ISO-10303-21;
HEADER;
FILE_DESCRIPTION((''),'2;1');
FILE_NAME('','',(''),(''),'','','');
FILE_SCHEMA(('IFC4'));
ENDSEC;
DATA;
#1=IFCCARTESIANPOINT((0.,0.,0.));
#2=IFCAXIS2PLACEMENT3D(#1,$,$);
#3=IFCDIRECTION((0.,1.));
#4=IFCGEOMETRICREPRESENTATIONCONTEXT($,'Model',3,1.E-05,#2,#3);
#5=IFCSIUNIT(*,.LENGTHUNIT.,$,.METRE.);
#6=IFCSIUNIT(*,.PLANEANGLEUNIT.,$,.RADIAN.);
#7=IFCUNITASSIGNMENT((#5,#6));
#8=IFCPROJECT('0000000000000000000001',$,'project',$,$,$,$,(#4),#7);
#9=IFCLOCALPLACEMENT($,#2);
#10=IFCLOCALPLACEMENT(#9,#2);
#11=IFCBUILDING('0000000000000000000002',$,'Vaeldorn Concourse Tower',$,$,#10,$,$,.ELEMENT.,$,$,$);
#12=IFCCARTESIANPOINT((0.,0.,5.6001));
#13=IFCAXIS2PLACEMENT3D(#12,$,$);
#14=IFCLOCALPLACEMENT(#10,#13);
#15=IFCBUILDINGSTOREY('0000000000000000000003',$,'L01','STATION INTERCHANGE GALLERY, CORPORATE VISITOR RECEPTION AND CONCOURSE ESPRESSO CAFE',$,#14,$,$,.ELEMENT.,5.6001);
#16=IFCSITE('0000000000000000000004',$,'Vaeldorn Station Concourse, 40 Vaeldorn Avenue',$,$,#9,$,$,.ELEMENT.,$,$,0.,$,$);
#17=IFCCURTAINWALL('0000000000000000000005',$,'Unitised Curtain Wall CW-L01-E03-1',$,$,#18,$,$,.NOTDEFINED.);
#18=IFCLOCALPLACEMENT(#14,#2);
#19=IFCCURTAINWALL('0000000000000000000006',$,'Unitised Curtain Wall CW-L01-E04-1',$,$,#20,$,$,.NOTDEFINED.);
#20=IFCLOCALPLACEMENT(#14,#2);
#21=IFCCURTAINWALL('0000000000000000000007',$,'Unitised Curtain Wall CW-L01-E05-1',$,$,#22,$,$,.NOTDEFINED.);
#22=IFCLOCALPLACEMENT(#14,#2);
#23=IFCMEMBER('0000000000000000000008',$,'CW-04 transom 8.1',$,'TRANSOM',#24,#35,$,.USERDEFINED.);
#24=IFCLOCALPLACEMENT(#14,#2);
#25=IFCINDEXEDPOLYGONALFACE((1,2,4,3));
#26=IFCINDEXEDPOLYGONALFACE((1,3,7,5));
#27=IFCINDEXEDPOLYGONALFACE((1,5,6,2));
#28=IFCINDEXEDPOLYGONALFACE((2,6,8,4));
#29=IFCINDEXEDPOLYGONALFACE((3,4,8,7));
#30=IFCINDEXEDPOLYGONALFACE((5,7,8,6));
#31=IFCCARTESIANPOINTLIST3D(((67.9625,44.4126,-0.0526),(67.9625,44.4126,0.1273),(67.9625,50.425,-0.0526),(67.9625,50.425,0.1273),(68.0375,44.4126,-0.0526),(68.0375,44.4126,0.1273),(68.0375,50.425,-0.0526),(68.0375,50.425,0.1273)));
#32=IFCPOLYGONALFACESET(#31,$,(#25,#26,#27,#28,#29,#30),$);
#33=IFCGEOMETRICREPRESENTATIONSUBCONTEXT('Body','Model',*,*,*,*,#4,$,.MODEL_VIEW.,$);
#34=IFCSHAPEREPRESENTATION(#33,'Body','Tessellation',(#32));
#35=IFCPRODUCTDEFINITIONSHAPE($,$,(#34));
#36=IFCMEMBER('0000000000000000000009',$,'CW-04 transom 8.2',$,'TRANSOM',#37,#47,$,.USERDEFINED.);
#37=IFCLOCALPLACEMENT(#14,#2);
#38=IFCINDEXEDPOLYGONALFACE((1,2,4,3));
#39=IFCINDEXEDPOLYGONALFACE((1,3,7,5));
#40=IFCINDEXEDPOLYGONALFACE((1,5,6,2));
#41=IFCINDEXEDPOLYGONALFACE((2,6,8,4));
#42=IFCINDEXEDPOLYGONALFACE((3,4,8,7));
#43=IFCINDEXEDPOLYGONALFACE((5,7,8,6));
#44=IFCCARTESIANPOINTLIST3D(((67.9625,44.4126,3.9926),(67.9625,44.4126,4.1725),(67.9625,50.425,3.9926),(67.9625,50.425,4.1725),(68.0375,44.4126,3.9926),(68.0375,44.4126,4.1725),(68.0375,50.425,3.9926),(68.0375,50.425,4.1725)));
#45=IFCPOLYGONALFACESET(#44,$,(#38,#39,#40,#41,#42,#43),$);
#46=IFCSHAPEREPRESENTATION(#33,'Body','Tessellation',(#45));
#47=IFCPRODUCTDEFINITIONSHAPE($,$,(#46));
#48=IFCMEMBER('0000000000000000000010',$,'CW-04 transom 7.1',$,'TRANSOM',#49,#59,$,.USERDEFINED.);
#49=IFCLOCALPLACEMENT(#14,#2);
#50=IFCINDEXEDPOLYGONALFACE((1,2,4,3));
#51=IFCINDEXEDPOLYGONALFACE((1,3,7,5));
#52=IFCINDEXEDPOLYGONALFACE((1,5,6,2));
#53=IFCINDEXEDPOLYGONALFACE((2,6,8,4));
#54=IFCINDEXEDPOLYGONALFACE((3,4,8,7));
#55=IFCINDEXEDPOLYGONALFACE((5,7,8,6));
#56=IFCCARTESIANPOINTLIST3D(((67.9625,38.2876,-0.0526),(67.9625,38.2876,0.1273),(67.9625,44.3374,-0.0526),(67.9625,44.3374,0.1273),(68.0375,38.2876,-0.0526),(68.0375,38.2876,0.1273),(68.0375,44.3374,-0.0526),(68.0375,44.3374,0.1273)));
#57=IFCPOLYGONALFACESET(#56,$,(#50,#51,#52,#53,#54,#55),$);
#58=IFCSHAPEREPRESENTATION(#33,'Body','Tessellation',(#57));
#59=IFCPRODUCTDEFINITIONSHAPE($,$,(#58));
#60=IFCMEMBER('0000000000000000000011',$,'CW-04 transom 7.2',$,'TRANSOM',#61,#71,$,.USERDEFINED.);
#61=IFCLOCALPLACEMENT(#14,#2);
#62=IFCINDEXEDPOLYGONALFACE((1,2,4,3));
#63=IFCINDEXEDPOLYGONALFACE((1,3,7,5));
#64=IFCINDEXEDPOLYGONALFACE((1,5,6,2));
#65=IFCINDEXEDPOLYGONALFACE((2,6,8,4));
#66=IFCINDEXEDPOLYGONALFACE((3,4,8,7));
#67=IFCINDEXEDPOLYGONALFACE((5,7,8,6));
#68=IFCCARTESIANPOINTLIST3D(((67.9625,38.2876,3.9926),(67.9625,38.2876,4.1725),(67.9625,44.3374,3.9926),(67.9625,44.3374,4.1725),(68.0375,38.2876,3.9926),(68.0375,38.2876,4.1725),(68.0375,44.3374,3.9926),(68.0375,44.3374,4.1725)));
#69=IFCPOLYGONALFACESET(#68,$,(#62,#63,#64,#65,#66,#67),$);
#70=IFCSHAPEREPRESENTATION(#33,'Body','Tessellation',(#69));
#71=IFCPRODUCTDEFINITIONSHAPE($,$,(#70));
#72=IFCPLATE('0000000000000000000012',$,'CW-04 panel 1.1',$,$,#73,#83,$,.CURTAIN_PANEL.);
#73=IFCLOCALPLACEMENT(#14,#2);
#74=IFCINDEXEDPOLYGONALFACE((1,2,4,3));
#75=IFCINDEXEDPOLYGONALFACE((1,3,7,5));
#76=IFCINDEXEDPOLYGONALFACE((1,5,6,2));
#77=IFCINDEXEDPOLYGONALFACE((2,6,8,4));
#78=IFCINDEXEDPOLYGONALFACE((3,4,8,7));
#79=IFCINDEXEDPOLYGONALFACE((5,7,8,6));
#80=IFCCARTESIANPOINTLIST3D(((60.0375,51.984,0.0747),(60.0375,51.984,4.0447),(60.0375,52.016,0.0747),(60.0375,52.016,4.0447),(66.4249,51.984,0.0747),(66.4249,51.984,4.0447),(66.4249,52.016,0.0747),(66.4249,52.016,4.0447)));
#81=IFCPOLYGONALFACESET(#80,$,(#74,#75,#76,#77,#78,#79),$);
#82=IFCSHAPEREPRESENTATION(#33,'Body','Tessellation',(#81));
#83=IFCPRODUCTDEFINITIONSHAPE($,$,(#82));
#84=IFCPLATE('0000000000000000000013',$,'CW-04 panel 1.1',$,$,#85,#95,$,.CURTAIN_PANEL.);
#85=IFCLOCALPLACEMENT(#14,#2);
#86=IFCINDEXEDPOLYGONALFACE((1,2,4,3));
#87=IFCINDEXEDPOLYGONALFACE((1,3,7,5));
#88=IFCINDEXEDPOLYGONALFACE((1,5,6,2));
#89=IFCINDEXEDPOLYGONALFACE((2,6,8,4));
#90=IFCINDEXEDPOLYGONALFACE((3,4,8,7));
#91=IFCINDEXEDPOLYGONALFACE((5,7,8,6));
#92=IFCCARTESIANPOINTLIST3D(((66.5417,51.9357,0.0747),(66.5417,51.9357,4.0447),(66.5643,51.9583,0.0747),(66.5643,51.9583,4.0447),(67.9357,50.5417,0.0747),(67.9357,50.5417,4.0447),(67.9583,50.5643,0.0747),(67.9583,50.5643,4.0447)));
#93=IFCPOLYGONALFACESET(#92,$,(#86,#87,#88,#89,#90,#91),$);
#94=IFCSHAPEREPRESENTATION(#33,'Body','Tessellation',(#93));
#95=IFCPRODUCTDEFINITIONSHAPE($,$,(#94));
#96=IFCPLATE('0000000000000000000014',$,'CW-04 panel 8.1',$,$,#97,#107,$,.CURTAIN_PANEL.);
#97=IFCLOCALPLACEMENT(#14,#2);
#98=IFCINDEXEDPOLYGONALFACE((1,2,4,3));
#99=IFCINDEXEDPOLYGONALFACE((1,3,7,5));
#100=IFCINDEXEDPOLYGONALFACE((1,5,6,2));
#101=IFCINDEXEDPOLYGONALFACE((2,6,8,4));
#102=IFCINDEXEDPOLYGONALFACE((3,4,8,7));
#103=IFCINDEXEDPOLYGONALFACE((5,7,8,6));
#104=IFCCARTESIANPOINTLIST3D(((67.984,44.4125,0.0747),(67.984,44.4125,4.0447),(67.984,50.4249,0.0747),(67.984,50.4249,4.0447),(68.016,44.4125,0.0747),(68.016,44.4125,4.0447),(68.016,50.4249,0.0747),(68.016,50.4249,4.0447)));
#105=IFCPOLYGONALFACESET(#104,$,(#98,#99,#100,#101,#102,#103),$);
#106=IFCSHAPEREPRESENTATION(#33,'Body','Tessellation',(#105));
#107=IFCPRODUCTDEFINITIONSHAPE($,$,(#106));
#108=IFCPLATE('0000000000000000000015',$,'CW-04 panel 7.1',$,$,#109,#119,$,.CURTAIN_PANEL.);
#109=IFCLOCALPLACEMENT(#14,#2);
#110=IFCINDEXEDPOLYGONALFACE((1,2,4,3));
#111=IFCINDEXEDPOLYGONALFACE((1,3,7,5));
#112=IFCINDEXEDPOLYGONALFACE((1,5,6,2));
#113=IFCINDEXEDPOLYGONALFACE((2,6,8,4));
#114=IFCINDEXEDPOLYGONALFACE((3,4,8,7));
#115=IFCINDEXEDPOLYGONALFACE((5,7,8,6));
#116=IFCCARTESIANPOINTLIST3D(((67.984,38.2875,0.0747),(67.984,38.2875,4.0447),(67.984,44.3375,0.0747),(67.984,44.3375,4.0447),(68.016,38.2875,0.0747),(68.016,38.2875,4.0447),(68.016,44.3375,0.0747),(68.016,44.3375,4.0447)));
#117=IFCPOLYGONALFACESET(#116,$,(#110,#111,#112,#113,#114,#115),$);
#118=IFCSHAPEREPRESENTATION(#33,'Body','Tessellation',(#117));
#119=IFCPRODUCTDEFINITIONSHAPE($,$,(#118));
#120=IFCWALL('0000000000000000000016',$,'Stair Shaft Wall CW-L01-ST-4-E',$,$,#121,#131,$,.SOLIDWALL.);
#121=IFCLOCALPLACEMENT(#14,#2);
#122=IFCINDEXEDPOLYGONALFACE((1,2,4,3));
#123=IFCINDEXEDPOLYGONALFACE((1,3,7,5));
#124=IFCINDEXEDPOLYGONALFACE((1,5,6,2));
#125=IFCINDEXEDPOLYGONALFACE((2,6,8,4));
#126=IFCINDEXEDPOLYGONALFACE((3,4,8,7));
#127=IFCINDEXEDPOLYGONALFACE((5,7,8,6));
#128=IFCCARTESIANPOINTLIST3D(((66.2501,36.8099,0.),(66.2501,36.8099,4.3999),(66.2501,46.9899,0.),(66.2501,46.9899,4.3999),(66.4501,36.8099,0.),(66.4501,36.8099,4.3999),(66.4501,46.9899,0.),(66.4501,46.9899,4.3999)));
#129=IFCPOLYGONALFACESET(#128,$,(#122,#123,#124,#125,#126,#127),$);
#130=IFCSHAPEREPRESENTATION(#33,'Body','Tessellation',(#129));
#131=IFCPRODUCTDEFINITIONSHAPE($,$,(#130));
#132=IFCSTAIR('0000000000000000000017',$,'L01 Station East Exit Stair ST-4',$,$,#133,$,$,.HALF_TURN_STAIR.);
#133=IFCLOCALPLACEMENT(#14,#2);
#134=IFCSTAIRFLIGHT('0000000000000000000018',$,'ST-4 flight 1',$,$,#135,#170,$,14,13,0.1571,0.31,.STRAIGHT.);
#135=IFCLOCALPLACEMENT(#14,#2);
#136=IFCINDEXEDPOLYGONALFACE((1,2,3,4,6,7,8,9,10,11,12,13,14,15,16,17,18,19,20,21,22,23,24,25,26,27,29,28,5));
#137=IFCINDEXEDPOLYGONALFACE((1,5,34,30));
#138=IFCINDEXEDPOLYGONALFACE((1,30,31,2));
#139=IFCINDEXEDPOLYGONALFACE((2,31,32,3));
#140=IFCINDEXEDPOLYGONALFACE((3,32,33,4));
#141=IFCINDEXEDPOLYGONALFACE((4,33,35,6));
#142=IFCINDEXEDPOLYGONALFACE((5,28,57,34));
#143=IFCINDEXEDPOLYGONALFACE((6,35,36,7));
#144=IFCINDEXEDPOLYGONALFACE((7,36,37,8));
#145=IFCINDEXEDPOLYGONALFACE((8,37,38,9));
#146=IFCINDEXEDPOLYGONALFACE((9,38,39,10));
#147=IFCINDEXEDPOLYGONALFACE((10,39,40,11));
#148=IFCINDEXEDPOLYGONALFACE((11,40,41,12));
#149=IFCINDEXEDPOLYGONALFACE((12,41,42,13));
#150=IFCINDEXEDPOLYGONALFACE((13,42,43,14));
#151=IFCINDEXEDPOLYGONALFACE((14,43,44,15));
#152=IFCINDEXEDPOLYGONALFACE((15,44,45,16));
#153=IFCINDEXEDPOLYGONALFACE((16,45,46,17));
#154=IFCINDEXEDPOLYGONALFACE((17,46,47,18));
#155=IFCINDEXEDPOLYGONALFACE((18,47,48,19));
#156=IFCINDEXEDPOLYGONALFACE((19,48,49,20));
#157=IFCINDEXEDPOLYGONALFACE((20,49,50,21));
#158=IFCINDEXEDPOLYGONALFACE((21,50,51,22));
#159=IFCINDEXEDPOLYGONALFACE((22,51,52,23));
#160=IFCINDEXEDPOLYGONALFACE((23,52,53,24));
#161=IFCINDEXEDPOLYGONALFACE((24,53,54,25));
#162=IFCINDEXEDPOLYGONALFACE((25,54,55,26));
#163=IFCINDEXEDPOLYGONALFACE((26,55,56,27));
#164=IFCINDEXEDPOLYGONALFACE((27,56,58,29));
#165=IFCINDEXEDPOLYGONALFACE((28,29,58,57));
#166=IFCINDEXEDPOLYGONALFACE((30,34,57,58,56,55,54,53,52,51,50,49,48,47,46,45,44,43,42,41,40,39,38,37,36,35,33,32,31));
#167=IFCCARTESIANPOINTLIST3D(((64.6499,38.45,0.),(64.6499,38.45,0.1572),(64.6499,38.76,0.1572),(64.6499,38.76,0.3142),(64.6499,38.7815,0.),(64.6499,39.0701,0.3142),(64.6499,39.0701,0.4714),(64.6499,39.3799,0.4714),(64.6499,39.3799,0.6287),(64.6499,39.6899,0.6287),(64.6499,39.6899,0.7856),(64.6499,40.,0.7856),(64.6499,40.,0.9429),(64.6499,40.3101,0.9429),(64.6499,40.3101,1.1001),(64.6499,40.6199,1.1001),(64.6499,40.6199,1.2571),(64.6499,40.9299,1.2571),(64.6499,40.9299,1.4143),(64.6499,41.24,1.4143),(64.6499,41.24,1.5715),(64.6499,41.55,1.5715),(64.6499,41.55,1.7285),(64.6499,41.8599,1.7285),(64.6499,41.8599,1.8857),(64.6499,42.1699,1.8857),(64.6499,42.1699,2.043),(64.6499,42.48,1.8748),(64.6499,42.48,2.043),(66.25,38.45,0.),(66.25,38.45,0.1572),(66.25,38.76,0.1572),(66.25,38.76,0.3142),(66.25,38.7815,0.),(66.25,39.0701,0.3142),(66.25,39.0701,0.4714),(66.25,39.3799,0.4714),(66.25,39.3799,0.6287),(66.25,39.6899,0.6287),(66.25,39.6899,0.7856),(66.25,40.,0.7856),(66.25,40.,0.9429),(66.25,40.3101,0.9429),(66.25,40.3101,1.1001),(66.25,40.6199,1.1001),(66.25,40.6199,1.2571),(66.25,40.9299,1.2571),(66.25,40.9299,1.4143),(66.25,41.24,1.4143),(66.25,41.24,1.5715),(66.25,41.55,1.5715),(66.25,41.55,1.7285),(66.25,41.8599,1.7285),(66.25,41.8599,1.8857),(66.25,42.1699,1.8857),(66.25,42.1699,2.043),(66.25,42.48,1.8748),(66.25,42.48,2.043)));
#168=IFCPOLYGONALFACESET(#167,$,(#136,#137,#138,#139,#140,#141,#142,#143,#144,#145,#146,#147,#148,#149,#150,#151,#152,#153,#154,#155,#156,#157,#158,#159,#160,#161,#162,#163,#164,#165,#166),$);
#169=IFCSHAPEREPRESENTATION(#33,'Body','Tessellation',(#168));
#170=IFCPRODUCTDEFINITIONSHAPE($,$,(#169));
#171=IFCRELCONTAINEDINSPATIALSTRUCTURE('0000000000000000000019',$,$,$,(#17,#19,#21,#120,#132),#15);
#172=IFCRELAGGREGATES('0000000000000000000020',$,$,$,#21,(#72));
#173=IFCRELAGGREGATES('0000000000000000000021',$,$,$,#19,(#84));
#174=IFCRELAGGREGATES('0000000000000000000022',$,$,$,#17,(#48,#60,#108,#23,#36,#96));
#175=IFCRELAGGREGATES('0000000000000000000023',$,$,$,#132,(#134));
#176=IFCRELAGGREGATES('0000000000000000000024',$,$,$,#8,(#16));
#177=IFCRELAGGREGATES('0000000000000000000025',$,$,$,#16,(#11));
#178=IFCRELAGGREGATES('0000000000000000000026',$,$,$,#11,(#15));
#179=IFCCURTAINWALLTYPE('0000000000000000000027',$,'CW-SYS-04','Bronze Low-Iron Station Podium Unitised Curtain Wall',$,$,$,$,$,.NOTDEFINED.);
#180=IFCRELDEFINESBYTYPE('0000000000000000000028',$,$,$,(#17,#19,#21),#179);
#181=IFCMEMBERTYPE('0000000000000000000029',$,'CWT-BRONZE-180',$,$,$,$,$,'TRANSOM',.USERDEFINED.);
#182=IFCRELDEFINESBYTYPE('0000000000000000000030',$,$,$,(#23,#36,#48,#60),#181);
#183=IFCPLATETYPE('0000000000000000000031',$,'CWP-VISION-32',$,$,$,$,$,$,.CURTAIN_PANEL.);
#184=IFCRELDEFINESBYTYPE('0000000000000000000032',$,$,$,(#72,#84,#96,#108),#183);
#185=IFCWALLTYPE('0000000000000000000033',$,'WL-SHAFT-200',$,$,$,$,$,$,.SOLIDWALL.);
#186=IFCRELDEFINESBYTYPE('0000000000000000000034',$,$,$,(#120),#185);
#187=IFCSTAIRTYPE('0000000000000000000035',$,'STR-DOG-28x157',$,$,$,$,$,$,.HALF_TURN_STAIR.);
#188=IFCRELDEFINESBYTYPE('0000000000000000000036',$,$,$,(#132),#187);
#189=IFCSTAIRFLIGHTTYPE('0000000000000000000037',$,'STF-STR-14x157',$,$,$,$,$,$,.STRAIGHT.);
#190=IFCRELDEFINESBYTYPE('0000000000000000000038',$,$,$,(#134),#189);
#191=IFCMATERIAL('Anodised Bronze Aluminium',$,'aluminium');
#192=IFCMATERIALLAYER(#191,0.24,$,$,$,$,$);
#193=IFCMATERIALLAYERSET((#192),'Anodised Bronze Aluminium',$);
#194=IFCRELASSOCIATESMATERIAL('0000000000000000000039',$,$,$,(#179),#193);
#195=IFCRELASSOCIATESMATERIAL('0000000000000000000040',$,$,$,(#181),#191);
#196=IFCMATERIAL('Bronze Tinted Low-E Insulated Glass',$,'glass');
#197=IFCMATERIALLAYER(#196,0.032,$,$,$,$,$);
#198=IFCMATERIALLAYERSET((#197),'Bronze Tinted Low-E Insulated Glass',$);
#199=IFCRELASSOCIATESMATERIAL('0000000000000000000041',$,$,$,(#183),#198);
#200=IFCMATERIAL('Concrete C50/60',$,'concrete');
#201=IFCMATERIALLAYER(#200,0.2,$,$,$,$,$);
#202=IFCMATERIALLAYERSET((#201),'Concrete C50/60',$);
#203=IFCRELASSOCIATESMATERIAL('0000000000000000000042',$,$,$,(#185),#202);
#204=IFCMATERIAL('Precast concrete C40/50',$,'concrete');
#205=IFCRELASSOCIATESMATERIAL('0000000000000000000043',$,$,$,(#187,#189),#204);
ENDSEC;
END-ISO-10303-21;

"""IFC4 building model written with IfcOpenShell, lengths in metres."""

from ifc_helpers import new_model, si_unit, direction, frame, frame_2d, origin, origin_2d, place, context, subcontext, project, spatial, polyline, rectangle, outline, extrude, source, transform, mapped, material, layer, layer_set, material_profile, profile_set, type_object, element, aggregate, save


model = new_model("IFC4")

# Units and contexts
model_context = context("Model", 3, precision=1e-05, world=origin(), true_north=direction((0.0, 1.0)))
body_context = subcontext(model_context, "Body", "Model", "MODEL_VIEW")
ifc_project = project(units=[si_unit("LENGTHUNIT", "METRE"), si_unit("PLANEANGLEUNIT", "RADIAN")], contexts=[model_context])

# Site, building, storey
site_placement = place(None, origin())
site = spatial("IfcSite", under=ifc_project, at=site_placement, Name="Vaeldorn Station Concourse, 40 Vaeldorn Avenue", CompositionType="ELEMENT", RefElevation=0.0)
building_placement = place(site_placement, origin())
building = spatial("IfcBuilding", under=site, at=building_placement, Name="Vaeldorn Concourse Tower", CompositionType="ELEMENT")
storey_placement = place(building_placement, frame((0.0, 0.0, 5.6001)))
storey = spatial("IfcBuildingStorey", under=building, at=storey_placement, Name="L01", Description="STATION INTERCHANGE GALLERY, CORPORATE VISITOR RECEPTION AND CONCOURSE ESPRESSO CAFE", CompositionType="ELEMENT", Elevation=5.6001)

# Curtain walls
ifc_material_1 = material(Name="Anodised Bronze Aluminium", Category="aluminium")
ifc_layer_1 = layer(ifc_material_1, 0.24)
ifc_layer_set_1 = layer_set([ifc_layer_1], Name="Anodised Bronze Aluminium")
curtain_wall_type = type_object("IfcCurtainWallType", Name="CW-SYS-04", Description="Bronze Low-Iron Station Podium Unitised Curtain Wall", PredefinedType="NOTDEFINED", material=ifc_layer_set_1)
curtain_wall_1_placement = place(storey_placement, origin())
curtain_wall_1 = element("IfcCurtainWall", 1, at=curtain_wall_1_placement, inside=storey, type_object=curtain_wall_type, Name="Unitised Curtain Wall CW-L01-E03-1", PredefinedType="NOTDEFINED")
curtain_wall_2_placement = place(storey_placement, origin())
curtain_wall_2 = element("IfcCurtainWall", 2, at=curtain_wall_2_placement, inside=storey, type_object=curtain_wall_type, Name="Unitised Curtain Wall CW-L01-E04-1", PredefinedType="NOTDEFINED")
curtain_wall_3_placement = place(storey_placement, origin())
curtain_wall_3 = element("IfcCurtainWall", 3, at=curtain_wall_3_placement, inside=storey, type_object=curtain_wall_type, Name="Unitised Curtain Wall CW-L01-E05-1", PredefinedType="NOTDEFINED")
ifc_material_profile_1 = material_profile(ifc_material_1, rectangle(XDim=0.075, YDim=0.1799, at=origin_2d()), Name="CWT 75x180")
ifc_profile_set_1 = profile_set([ifc_material_profile_1], Name="Anodised Bronze Aluminium")
member_type_1 = type_object("IfcMemberType", Name="CWT-BRONZE-180", ElementType="TRANSOM", PredefinedType="USERDEFINED", material=ifc_profile_set_1)

# Members
shared_shape_1 = source(origin(), body_context, "Body", "SweptSolid", [
    extrude(rectangle(XDim=0.075, YDim=0.1799, at=origin_2d()), origin(), (0.0, 0.0, 1.0), 6.0125),
])
member_1_placement = place(storey_placement, frame((68.0, 44.4126, 0.0374), z_axis=(0.0, 1.0, 0.0), x_axis=(-1.0, 0.0, 0.0)))
member_1 = element("IfcMember", 4, at=member_1_placement, type_object=member_type_1, Name="CW-04 transom 8.1", ObjectType="TRANSOM", PredefinedType="USERDEFINED", context=body_context, shape_type="MappedRepresentation", body=[
    mapped(shared_shape_1, transform((0.0, 0.0, 0.0), scale=1.0)),
])
member_2_placement = place(storey_placement, frame((68.0, 44.4126, 4.0825), z_axis=(0.0, 1.0, 0.0), x_axis=(-1.0, 0.0, 0.0)))
member_2 = element("IfcMember", 5, at=member_2_placement, type_object=member_type_1, Name="CW-04 transom 8.2", ObjectType="TRANSOM", PredefinedType="USERDEFINED", context=body_context, shape_type="MappedRepresentation", body=[
    mapped(shared_shape_1, transform((0.0, 0.0, 0.0), scale=1.0)),
])
shared_shape_2 = source(origin(), body_context, "Body", "SweptSolid", [
    extrude(rectangle(XDim=0.075, YDim=0.1799, at=origin_2d()), origin(), (0.0, 0.0, 1.0), 6.0498),
])
member_3_placement = place(storey_placement, frame((68.0, 38.2876, 0.0374), z_axis=(0.0, 1.0, 0.0), x_axis=(-1.0, 0.0, 0.0)))
member_3 = element("IfcMember", 6, at=member_3_placement, type_object=member_type_1, Name="CW-04 transom 7.1", ObjectType="TRANSOM", PredefinedType="USERDEFINED", context=body_context, shape_type="MappedRepresentation", body=[
    mapped(shared_shape_2, transform((0.0, 0.0, 0.0), scale=1.0)),
])
member_4_placement = place(storey_placement, frame((68.0, 38.2876, 4.0825), z_axis=(0.0, 1.0, 0.0), x_axis=(-1.0, 0.0, 0.0)))
member_4 = element("IfcMember", 7, at=member_4_placement, type_object=member_type_1, Name="CW-04 transom 7.2", ObjectType="TRANSOM", PredefinedType="USERDEFINED", context=body_context, shape_type="MappedRepresentation", body=[
    mapped(shared_shape_2, transform((0.0, 0.0, 0.0), scale=1.0)),
])

# Plates
ifc_material_2 = material(Name="Bronze Tinted Low-E Insulated Glass", Category="glass")
ifc_layer_2 = layer(ifc_material_2, 0.032)
ifc_layer_set_2 = layer_set([ifc_layer_2], Name="Bronze Tinted Low-E Insulated Glass")
plate_type = type_object("IfcPlateType", Name="CWP-VISION-32", PredefinedType="CURTAIN_PANEL", material=ifc_layer_set_2)
shared_shape_3 = source(origin(), body_context, "Body", "SweptSolid", [
    extrude(rectangle(XDim=6.3875, YDim=0.032, at=origin_2d()), origin(), (0.0, 0.0, 1.0), 3.97),
])
plate_1_placement = place(storey_placement, frame((63.2312, 52.0, 0.0747), z_axis=(0.0, 0.0, 1.0), x_axis=(-1.0, 0.0, 0.0)))
plate_1 = element("IfcPlate", 8, at=plate_1_placement, type_object=plate_type, Name="CW-04 panel 1.1", PredefinedType="CURTAIN_PANEL", context=body_context, shape_type="MappedRepresentation", body=[
    mapped(shared_shape_3, transform((0.0, 0.0, 0.0), scale=1.0)),
])
aggregate(curtain_wall_3, [plate_1])
shared_shape_4 = source(origin(), body_context, "Body", "SweptSolid", [
    extrude(rectangle(XDim=1.9714, YDim=0.032, at=origin_2d()), origin(), (0.0, 0.0, 1.0), 3.97),
])
plate_2_placement = place(storey_placement, frame((67.25, 51.25, 0.0747), z_axis=(0.0, 0.0, 1.0), x_axis=(-0.707107, 0.707107, 0.0)))
plate_2 = element("IfcPlate", 9, at=plate_2_placement, type_object=plate_type, Name="CW-04 panel 1.1", PredefinedType="CURTAIN_PANEL", context=body_context, shape_type="MappedRepresentation", body=[
    mapped(shared_shape_4, transform((0.0, 0.0, 0.0), scale=1.0)),
])
aggregate(curtain_wall_2, [plate_2])
shared_shape_5 = source(origin(), body_context, "Body", "SweptSolid", [
    extrude(rectangle(XDim=6.0125, YDim=0.032, at=origin_2d()), origin(), (0.0, 0.0, 1.0), 3.97),
])
plate_3_placement = place(storey_placement, frame((68.0, 47.4187, 0.0747), z_axis=(0.0, 0.0, 1.0), x_axis=(0.0, 1.0, 0.0)))
plate_3 = element("IfcPlate", 10, at=plate_3_placement, type_object=plate_type, Name="CW-04 panel 8.1", PredefinedType="CURTAIN_PANEL", context=body_context, shape_type="MappedRepresentation", body=[
    mapped(shared_shape_5, transform((0.0, 0.0, 0.0), scale=1.0)),
])
shared_shape_6 = source(origin(), body_context, "Body", "SweptSolid", [
    extrude(rectangle(XDim=6.05, YDim=0.032, at=origin_2d()), origin(), (0.0, 0.0, 1.0), 3.97),
])
plate_4_placement = place(storey_placement, frame((68.0, 41.3125, 0.0747), z_axis=(0.0, 0.0, 1.0), x_axis=(0.0, 1.0, 0.0)))
plate_4 = element("IfcPlate", 11, at=plate_4_placement, type_object=plate_type, Name="CW-04 panel 7.1", PredefinedType="CURTAIN_PANEL", context=body_context, shape_type="MappedRepresentation", body=[
    mapped(shared_shape_6, transform((0.0, 0.0, 0.0), scale=1.0)),
])
aggregate(curtain_wall_1, [member_3, member_4, plate_4, member_1, member_2, plate_3])

# Wall
ifc_material_3 = material(Name="Concrete C50/60", Category="concrete")
ifc_layer_3 = layer(ifc_material_3, 0.2)
ifc_layer_set_3 = layer_set([ifc_layer_3], Name="Concrete C50/60")
wall_type = type_object("IfcWallType", Name="WL-SHAFT-200", PredefinedType="SOLIDWALL", material=ifc_layer_set_3)
wall_placement = place(storey_placement, frame((66.3501, 36.8101, 0.0), z_axis=(0.0, 0.0, 1.0), x_axis=(0.0, 1.0, 0.0)))
element("IfcWall", 12, at=wall_placement, inside=storey, type_object=wall_type, Name="Stair Shaft Wall CW-L01-ST-4-E", PredefinedType="SOLIDWALL", context=body_context, shape_type="SweptSolid", body=[
    extrude(rectangle(XDim=10.1799, YDim=0.2, at=frame_2d((5.0898, 0.0))), origin(), (0.0, 0.0, 1.0), 4.3999),
])

# Stair, stair flight
ifc_material_4 = material(Name="Precast concrete C40/50", Category="concrete")
stair_type = type_object("IfcStairType", Name="STR-DOG-28x157", PredefinedType="HALF_TURN_STAIR", material=ifc_material_4)
stair_placement = place(storey_placement, origin())
stair = element("IfcStair", 13, at=stair_placement, inside=storey, type_object=stair_type, Name="L01 Station East Exit Stair ST-4", PredefinedType="HALF_TURN_STAIR")
stair_flight_type = type_object("IfcStairFlightType", Name="STF-STR-14x157", PredefinedType="STRAIGHT", material=ifc_material_4)
stair_flight_1_placement = place(storey_placement, frame((65.45, 38.45, 0.0), z_axis=(0.0, 0.0, 1.0), x_axis=(0.0, 1.0, 0.0)))
stair_flight_1 = element("IfcStairFlight", 14, at=stair_flight_1_placement, type_object=stair_flight_type, Name="ST-4 flight 1", NumberOfRisers=14, NumberOfTreads=13, PredefinedType="STRAIGHT", RiserHeight=0.1571, TreadLength=0.31, context=body_context, shape_type="SweptSolid", body=[
    extrude(outline(polyline([(0.0, 0.0), (0.0, 0.1572), (0.3101, 0.1572), (0.3101, 0.3142), (0.6201, 0.3142), (0.6201, 0.4714), (0.9299, 0.4714), (0.9299, 0.6287), (1.24, 0.6287), (1.24, 0.7856), (1.55, 0.7856), (1.55, 0.9429), (1.8601, 0.9429), (1.8601, 1.1001), (2.1699, 1.1001), (2.1699, 1.2571), (2.48, 1.2571), (2.48, 1.4143), (2.79, 1.4143), (2.79, 1.5715), (3.1001, 1.5715), (3.1001, 1.7285), (3.4099, 1.7285), (3.4099, 1.8857), (3.72, 1.8857), (3.72, 2.043), (4.03, 2.043), (4.03, 2.2), (4.03, 1.8748), (0.3315, 0.0), (0.0, 0.0)])), frame((0.0, 0.8, 0.0), z_axis=(0.0, -1.0, 0.0), x_axis=(1.0, 0.0, 0.0)), (0.0, 0.0, 1.0), 1.6001),
])
aggregate(stair, [stair_flight_1])

save(model, "model.ifc")
